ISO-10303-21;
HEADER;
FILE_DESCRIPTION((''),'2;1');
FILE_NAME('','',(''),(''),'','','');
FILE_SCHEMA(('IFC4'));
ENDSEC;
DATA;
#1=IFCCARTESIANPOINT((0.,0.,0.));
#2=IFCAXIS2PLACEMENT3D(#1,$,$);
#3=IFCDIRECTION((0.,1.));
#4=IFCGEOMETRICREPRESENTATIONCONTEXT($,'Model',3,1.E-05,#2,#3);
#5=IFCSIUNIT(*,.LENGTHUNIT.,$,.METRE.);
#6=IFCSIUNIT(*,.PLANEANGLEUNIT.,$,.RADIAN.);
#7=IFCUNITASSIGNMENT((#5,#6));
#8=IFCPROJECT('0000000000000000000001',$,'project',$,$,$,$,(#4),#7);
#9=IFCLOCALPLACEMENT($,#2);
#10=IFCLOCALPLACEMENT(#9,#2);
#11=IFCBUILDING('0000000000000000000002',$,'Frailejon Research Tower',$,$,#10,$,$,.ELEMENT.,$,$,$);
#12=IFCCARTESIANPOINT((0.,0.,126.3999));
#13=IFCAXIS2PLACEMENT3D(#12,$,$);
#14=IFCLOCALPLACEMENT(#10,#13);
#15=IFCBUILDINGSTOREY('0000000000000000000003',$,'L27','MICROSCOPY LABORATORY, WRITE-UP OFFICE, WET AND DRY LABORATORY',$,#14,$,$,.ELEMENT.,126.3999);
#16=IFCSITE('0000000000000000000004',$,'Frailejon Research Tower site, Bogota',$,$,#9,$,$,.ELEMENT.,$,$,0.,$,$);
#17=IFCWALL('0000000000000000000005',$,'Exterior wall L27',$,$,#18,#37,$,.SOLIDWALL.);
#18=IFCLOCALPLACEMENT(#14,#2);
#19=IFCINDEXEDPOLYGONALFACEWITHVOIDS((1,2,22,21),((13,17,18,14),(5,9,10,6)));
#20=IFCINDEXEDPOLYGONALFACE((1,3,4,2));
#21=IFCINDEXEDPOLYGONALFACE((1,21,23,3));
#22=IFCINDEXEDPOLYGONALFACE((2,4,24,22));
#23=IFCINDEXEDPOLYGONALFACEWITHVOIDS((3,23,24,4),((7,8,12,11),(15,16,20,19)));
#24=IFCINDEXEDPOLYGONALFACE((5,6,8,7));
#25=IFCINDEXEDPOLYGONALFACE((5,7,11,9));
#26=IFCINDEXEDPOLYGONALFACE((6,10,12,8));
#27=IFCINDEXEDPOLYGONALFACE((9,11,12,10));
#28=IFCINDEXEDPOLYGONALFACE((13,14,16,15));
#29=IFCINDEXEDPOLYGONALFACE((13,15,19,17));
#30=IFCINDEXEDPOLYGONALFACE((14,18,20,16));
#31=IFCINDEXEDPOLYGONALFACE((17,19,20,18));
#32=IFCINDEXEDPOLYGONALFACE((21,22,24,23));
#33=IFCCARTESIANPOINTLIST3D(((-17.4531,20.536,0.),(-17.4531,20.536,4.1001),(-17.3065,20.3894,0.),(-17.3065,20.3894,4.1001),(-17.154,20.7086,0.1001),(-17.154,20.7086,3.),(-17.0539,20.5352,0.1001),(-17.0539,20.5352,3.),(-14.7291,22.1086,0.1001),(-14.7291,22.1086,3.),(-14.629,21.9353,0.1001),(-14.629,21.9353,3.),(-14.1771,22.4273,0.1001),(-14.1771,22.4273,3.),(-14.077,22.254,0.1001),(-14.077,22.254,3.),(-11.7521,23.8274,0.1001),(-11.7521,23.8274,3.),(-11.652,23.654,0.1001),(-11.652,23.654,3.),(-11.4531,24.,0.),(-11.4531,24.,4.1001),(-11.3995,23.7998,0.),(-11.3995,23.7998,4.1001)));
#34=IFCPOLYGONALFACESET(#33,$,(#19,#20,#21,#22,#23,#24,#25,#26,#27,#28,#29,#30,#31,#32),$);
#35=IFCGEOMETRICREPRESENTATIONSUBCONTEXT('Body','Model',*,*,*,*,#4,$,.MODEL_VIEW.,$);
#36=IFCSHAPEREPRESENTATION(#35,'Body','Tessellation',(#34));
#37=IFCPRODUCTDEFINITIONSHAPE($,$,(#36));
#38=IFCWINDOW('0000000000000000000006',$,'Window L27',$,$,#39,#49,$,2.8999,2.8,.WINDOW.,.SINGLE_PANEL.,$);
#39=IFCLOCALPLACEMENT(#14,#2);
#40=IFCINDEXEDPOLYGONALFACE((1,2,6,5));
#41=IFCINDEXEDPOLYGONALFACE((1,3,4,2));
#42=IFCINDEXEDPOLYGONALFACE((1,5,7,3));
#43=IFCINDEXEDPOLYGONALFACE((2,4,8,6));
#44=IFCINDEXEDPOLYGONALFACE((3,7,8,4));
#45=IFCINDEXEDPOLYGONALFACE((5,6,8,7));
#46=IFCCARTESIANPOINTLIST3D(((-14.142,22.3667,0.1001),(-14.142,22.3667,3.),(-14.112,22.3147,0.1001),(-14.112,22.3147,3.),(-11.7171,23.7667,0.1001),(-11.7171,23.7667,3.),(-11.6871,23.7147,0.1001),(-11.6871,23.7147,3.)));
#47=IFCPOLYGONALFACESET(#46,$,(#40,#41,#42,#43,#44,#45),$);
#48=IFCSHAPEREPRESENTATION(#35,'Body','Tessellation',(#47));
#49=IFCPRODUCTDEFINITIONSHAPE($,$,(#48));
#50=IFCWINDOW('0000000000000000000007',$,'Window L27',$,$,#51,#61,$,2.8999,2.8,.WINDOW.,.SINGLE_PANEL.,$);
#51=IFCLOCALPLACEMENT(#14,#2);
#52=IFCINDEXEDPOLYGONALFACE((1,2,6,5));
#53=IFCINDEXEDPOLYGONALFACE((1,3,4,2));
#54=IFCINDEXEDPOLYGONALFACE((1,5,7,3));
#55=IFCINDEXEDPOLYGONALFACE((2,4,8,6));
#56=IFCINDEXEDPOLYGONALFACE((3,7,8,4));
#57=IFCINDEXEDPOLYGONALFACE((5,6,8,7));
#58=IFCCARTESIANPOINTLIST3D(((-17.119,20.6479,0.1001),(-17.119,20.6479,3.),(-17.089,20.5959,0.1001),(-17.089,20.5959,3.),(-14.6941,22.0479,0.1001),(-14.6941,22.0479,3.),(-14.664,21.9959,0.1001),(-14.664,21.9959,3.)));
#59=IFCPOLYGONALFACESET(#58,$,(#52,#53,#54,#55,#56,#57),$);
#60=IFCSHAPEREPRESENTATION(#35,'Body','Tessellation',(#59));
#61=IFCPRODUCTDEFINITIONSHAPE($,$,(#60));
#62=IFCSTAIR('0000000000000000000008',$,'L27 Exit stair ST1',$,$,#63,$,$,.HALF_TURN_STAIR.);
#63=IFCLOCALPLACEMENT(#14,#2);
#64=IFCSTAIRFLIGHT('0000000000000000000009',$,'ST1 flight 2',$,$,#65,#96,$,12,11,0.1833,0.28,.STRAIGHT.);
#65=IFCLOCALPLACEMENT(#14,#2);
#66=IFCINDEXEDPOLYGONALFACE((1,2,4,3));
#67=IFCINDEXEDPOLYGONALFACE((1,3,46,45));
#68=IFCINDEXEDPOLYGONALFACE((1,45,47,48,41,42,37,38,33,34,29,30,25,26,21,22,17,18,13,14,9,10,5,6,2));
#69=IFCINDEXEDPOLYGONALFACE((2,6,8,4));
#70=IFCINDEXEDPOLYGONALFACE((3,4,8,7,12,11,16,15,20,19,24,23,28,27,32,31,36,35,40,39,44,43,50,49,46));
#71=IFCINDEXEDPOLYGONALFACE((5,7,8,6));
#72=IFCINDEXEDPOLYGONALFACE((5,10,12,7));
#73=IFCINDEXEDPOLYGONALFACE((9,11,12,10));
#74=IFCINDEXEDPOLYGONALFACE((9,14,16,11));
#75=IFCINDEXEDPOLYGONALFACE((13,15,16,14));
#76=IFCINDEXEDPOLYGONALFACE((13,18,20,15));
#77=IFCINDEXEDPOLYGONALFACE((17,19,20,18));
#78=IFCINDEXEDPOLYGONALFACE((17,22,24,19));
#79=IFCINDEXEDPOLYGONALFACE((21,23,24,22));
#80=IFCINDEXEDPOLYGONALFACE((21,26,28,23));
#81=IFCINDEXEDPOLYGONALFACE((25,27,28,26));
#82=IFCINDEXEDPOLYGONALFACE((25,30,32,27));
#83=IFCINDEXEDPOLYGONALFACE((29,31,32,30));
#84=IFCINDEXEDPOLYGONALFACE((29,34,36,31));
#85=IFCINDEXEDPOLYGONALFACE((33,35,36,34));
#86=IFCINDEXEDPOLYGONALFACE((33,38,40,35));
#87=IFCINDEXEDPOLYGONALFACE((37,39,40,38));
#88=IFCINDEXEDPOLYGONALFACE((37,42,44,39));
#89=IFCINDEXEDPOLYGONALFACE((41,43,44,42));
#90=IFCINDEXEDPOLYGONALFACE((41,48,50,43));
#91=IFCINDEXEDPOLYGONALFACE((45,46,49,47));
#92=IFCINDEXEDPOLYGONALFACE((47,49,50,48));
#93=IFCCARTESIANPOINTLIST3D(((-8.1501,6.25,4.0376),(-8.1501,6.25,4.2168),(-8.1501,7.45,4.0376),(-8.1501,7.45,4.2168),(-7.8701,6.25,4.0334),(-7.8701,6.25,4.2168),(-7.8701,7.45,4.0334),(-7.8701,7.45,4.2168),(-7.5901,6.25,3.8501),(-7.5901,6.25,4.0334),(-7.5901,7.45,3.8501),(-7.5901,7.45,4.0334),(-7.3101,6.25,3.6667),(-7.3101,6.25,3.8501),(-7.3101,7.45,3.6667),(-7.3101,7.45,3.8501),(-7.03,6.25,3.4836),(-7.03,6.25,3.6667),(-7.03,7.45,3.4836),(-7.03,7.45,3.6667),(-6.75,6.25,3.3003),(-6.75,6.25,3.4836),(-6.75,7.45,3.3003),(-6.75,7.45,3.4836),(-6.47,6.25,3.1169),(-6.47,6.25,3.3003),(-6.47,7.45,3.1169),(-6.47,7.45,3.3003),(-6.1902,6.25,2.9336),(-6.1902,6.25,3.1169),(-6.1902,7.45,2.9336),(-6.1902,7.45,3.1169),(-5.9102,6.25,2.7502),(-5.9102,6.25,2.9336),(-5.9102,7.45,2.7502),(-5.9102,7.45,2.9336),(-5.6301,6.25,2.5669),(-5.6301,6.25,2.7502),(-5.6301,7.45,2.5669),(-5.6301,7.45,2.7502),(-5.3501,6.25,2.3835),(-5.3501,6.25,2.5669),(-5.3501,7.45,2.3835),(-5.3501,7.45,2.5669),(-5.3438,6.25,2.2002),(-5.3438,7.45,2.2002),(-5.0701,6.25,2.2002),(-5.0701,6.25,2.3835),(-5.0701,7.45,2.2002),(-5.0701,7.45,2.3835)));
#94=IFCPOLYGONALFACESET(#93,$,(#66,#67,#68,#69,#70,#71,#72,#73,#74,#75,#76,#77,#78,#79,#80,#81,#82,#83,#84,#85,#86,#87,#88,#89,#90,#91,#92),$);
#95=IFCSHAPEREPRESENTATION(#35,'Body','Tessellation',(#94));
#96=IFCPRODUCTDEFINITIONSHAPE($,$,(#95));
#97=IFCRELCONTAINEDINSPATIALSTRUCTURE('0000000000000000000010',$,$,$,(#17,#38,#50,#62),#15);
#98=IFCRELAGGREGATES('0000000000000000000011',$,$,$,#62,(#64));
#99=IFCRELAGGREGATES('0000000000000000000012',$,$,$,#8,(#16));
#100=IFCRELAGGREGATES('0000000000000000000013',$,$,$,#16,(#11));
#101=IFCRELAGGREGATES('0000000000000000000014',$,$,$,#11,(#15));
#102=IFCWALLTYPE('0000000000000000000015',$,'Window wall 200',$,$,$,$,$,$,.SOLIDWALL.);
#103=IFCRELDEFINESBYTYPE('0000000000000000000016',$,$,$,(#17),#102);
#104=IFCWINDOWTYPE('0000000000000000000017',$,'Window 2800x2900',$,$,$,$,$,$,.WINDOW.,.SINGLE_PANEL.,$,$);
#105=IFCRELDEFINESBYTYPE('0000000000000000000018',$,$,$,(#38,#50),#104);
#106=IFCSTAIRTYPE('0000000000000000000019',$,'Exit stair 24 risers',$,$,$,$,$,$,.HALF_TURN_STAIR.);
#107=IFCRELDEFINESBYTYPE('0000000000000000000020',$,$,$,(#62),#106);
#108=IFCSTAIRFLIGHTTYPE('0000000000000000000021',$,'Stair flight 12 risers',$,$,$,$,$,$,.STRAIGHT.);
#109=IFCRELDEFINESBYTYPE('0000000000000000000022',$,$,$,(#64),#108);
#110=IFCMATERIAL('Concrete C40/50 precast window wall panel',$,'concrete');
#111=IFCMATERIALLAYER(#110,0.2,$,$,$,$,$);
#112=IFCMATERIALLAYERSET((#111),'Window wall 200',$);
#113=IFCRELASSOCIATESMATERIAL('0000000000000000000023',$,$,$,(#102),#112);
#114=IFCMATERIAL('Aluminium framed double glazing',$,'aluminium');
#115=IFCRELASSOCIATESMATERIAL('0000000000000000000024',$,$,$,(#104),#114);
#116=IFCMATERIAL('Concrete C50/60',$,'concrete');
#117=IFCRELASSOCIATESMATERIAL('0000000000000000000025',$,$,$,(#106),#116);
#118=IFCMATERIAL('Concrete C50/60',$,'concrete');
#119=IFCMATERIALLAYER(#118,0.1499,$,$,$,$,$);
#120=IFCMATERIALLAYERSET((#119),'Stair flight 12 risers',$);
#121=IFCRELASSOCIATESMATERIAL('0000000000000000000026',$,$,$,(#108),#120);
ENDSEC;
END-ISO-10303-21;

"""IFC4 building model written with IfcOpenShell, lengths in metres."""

from ifc_helpers import new_model, si_unit, direction, frame, frame_2d, origin, place, context, subcontext, project, spatial, polyline, rectangle, outline, extrude, material, layer, layer_set, type_object, element, fill, aggregate, save


model = new_model("IFC4")

# Units and contexts
model_context = context("Model", 3, precision=1e-05, world=origin(), true_north=direction((0.0, 1.0)))
body_context = subcontext(model_context, "Body", "Model", "MODEL_VIEW")
ifc_project = project(units=[si_unit("LENGTHUNIT", "METRE"), si_unit("PLANEANGLEUNIT", "RADIAN")], contexts=[model_context])

# Site, building, storey
site_placement = place(None, origin())
site = spatial("IfcSite", under=ifc_project, at=site_placement, Name="Frailejon Research Tower site, Bogota", CompositionType="ELEMENT", RefElevation=0.0)
building_placement = place(site_placement, origin())
building = spatial("IfcBuilding", under=site, at=building_placement, Name="Frailejon Research Tower", CompositionType="ELEMENT")
storey_placement = place(building_placement, frame((0.0, 0.0, 126.3999)))
storey = spatial("IfcBuildingStorey", under=building, at=storey_placement, Name="L27", Description="MICROSCOPY LABORATORY, WRITE-UP OFFICE, WET AND DRY LABORATORY", CompositionType="ELEMENT", Elevation=126.3999)

# Wall, openings, windows
ifc_material_1 = material(Name="Concrete C40/50 precast window wall panel", Category="concrete")
ifc_layer_1 = layer(ifc_material_1, 0.2)
ifc_layer_set_1 = layer_set([ifc_layer_1], Name="Window wall 200")
wall_type_1 = type_object("IfcWallType", Name="Window wall 200", PredefinedType="SOLIDWALL", material=ifc_layer_set_1)
wall_1_placement = place(storey_placement, frame((-11.4263, 23.8999, 0.0), z_axis=(0.0, 0.0, 1.0), x_axis=(-0.866029, -0.499993, 0.0)))
wall_1 = element("IfcWall", 1, at=wall_1_placement, inside=storey, type_object=wall_type_1, Name="Exterior wall L27", PredefinedType="SOLIDWALL", context=body_context, shape_type="SweptSolid", body=[
    extrude(outline(polyline([(-0.0269, -0.1001), (1.1279, -0.1001), (2.2825, -0.1001), (3.4373, -0.1001), (4.592, -0.1001), (5.7466, -0.1001), (6.9014, -0.1001), (6.8477, 0.1001), (5.7109, 0.1001), (4.574, 0.1001), (3.4373, 0.1001), (2.3005, 0.1001), (1.1636, 0.1001), (0.0269, 0.1001), (-0.0269, -0.1001)])), origin(), (0.0, 0.0, 1.0), 4.1001),
])
opening_1_placement = place(wall_1_placement, frame((0.3186, 0.0, 0.1001)))
opening_1 = element("IfcOpeningElement", 2, at=opening_1_placement, cuts=wall_1, PredefinedType="OPENING", context=body_context, shape_type="SweptSolid", body=[
    extrude(rectangle(XDim=2.8, YDim=2.8999, at=frame_2d((1.3999, 1.45))), frame((0.0, 0.1099, 0.0), z_axis=(0.0, -1.0, 0.0), x_axis=(1.0, 0.0, 0.0)), (0.0, 0.0, 1.0), 0.22),
])
opening_2_placement = place(wall_1_placement, frame((3.7561, 0.0, 0.1001)))
opening_2 = element("IfcOpeningElement", 3, at=opening_2_placement, cuts=wall_1, PredefinedType="OPENING", context=body_context, shape_type="SweptSolid", body=[
    extrude(rectangle(XDim=2.8, YDim=2.8999, at=frame_2d((1.3999, 1.45))), frame((0.0, 0.1099, 0.0), z_axis=(0.0, -1.0, 0.0), x_axis=(1.0, 0.0, 0.0)), (0.0, 0.0, 1.0), 0.22),
])
ifc_material_2 = material(Name="Aluminium framed double glazing", Category="aluminium")
window_type_1 = type_object("IfcWindowType", Name="Window 2800x2900", PartitioningType="SINGLE_PANEL", PredefinedType="WINDOW", material=ifc_material_2)
window_1_placement = place(opening_1_placement, origin())
window_1 = element("IfcWindow", 4, at=window_1_placement, inside=storey, type_object=window_type_1, Name="Window L27", OverallHeight=2.8999, OverallWidth=2.8, PartitioningType="SINGLE_PANEL", PredefinedType="WINDOW", context=body_context, shape_type="SweptSolid", body=[
    extrude(rectangle(XDim=2.8, YDim=2.8999, at=frame_2d((1.3999, 1.45))), frame((0.0, 0.03, 0.0), z_axis=(0.0, -1.0, 0.0), x_axis=(1.0, 0.0, 0.0)), (0.0, 0.0, 1.0), 0.0601),
])
fill(opening_1, window_1)
window_2_placement = place(opening_2_placement, origin())
window_2 = element("IfcWindow", 5, at=window_2_placement, inside=storey, type_object=window_type_1, Name="Window L27", OverallHeight=2.8999, OverallWidth=2.8, PartitioningType="SINGLE_PANEL", PredefinedType="WINDOW", context=body_context, shape_type="SweptSolid", body=[
    extrude(rectangle(XDim=2.8, YDim=2.8999, at=frame_2d((1.3999, 1.45))), frame((0.0, 0.03, 0.0), z_axis=(0.0, -1.0, 0.0), x_axis=(1.0, 0.0, 0.0)), (0.0, 0.0, 1.0), 0.0601),
])
fill(opening_2, window_2)

# Stair, stair flight
ifc_material_3 = material(Name="Concrete C50/60", Category="concrete")
stair_type = type_object("IfcStairType", Name="Exit stair 24 risers", PredefinedType="HALF_TURN_STAIR", material=ifc_material_3)
stair_placement = place(storey_placement, origin())
stair = element("IfcStair", 6, at=stair_placement, inside=storey, type_object=stair_type, Name="L27 Exit stair ST1", PredefinedType="HALF_TURN_STAIR")
ifc_material_4 = material(Name="Concrete C50/60", Category="concrete")
ifc_layer_2 = layer(ifc_material_4, 0.1499)
ifc_layer_set_2 = layer_set([ifc_layer_2], Name="Stair flight 12 risers")
stair_flight_type = type_object("IfcStairFlightType", Name="Stair flight 12 risers", PredefinedType="STRAIGHT", material=ifc_layer_set_2)
stair_flight_placement = place(storey_placement, frame((-5.0701, 6.8501, 2.2002), z_axis=(0.0, 0.0, 1.0), x_axis=(-1.0, 0.0, 0.0)))
stair_flight = element("IfcStairFlight", 7, at=stair_flight_placement, type_object=stair_flight_type, Name="ST1 flight 2", NumberOfRisers=12, NumberOfTreads=11, PredefinedType="STRAIGHT", RiserHeight=0.1833, TreadLength=0.28, context=body_context, shape_type="SweptSolid", body=[
    extrude(outline(polyline([(0.0, 0.0), (0.0, 0.1833), (0.28, 0.1833), (0.28, 0.3667), (0.5601, 0.3667), (0.5601, 0.55), (0.8401, 0.55), (0.8401, 0.7334), (1.1201, 0.7334), (1.1201, 0.9167), (1.3999, 0.9167), (1.3999, 1.1001), (1.6799, 1.1001), (1.6799, 1.2834), (1.96, 1.2834), (1.96, 1.4666), (2.24, 1.4666), (2.24, 1.6499), (2.52, 1.6499), (2.52, 1.8333), (2.8, 1.8333), (2.8, 2.0166), (3.0801, 2.0166), (3.0801, 2.2), (3.0801, 1.8374), (0.2737, 0.0), (0.0, 0.0)])), frame((0.0, 0.6001, 0.0), z_axis=(0.0, -1.0, 0.0), x_axis=(1.0, 0.0, 0.0)), (0.0, 0.0, 1.0), 1.2),
])
aggregate(stair, [stair_flight])

save(model, "model.ifc")
